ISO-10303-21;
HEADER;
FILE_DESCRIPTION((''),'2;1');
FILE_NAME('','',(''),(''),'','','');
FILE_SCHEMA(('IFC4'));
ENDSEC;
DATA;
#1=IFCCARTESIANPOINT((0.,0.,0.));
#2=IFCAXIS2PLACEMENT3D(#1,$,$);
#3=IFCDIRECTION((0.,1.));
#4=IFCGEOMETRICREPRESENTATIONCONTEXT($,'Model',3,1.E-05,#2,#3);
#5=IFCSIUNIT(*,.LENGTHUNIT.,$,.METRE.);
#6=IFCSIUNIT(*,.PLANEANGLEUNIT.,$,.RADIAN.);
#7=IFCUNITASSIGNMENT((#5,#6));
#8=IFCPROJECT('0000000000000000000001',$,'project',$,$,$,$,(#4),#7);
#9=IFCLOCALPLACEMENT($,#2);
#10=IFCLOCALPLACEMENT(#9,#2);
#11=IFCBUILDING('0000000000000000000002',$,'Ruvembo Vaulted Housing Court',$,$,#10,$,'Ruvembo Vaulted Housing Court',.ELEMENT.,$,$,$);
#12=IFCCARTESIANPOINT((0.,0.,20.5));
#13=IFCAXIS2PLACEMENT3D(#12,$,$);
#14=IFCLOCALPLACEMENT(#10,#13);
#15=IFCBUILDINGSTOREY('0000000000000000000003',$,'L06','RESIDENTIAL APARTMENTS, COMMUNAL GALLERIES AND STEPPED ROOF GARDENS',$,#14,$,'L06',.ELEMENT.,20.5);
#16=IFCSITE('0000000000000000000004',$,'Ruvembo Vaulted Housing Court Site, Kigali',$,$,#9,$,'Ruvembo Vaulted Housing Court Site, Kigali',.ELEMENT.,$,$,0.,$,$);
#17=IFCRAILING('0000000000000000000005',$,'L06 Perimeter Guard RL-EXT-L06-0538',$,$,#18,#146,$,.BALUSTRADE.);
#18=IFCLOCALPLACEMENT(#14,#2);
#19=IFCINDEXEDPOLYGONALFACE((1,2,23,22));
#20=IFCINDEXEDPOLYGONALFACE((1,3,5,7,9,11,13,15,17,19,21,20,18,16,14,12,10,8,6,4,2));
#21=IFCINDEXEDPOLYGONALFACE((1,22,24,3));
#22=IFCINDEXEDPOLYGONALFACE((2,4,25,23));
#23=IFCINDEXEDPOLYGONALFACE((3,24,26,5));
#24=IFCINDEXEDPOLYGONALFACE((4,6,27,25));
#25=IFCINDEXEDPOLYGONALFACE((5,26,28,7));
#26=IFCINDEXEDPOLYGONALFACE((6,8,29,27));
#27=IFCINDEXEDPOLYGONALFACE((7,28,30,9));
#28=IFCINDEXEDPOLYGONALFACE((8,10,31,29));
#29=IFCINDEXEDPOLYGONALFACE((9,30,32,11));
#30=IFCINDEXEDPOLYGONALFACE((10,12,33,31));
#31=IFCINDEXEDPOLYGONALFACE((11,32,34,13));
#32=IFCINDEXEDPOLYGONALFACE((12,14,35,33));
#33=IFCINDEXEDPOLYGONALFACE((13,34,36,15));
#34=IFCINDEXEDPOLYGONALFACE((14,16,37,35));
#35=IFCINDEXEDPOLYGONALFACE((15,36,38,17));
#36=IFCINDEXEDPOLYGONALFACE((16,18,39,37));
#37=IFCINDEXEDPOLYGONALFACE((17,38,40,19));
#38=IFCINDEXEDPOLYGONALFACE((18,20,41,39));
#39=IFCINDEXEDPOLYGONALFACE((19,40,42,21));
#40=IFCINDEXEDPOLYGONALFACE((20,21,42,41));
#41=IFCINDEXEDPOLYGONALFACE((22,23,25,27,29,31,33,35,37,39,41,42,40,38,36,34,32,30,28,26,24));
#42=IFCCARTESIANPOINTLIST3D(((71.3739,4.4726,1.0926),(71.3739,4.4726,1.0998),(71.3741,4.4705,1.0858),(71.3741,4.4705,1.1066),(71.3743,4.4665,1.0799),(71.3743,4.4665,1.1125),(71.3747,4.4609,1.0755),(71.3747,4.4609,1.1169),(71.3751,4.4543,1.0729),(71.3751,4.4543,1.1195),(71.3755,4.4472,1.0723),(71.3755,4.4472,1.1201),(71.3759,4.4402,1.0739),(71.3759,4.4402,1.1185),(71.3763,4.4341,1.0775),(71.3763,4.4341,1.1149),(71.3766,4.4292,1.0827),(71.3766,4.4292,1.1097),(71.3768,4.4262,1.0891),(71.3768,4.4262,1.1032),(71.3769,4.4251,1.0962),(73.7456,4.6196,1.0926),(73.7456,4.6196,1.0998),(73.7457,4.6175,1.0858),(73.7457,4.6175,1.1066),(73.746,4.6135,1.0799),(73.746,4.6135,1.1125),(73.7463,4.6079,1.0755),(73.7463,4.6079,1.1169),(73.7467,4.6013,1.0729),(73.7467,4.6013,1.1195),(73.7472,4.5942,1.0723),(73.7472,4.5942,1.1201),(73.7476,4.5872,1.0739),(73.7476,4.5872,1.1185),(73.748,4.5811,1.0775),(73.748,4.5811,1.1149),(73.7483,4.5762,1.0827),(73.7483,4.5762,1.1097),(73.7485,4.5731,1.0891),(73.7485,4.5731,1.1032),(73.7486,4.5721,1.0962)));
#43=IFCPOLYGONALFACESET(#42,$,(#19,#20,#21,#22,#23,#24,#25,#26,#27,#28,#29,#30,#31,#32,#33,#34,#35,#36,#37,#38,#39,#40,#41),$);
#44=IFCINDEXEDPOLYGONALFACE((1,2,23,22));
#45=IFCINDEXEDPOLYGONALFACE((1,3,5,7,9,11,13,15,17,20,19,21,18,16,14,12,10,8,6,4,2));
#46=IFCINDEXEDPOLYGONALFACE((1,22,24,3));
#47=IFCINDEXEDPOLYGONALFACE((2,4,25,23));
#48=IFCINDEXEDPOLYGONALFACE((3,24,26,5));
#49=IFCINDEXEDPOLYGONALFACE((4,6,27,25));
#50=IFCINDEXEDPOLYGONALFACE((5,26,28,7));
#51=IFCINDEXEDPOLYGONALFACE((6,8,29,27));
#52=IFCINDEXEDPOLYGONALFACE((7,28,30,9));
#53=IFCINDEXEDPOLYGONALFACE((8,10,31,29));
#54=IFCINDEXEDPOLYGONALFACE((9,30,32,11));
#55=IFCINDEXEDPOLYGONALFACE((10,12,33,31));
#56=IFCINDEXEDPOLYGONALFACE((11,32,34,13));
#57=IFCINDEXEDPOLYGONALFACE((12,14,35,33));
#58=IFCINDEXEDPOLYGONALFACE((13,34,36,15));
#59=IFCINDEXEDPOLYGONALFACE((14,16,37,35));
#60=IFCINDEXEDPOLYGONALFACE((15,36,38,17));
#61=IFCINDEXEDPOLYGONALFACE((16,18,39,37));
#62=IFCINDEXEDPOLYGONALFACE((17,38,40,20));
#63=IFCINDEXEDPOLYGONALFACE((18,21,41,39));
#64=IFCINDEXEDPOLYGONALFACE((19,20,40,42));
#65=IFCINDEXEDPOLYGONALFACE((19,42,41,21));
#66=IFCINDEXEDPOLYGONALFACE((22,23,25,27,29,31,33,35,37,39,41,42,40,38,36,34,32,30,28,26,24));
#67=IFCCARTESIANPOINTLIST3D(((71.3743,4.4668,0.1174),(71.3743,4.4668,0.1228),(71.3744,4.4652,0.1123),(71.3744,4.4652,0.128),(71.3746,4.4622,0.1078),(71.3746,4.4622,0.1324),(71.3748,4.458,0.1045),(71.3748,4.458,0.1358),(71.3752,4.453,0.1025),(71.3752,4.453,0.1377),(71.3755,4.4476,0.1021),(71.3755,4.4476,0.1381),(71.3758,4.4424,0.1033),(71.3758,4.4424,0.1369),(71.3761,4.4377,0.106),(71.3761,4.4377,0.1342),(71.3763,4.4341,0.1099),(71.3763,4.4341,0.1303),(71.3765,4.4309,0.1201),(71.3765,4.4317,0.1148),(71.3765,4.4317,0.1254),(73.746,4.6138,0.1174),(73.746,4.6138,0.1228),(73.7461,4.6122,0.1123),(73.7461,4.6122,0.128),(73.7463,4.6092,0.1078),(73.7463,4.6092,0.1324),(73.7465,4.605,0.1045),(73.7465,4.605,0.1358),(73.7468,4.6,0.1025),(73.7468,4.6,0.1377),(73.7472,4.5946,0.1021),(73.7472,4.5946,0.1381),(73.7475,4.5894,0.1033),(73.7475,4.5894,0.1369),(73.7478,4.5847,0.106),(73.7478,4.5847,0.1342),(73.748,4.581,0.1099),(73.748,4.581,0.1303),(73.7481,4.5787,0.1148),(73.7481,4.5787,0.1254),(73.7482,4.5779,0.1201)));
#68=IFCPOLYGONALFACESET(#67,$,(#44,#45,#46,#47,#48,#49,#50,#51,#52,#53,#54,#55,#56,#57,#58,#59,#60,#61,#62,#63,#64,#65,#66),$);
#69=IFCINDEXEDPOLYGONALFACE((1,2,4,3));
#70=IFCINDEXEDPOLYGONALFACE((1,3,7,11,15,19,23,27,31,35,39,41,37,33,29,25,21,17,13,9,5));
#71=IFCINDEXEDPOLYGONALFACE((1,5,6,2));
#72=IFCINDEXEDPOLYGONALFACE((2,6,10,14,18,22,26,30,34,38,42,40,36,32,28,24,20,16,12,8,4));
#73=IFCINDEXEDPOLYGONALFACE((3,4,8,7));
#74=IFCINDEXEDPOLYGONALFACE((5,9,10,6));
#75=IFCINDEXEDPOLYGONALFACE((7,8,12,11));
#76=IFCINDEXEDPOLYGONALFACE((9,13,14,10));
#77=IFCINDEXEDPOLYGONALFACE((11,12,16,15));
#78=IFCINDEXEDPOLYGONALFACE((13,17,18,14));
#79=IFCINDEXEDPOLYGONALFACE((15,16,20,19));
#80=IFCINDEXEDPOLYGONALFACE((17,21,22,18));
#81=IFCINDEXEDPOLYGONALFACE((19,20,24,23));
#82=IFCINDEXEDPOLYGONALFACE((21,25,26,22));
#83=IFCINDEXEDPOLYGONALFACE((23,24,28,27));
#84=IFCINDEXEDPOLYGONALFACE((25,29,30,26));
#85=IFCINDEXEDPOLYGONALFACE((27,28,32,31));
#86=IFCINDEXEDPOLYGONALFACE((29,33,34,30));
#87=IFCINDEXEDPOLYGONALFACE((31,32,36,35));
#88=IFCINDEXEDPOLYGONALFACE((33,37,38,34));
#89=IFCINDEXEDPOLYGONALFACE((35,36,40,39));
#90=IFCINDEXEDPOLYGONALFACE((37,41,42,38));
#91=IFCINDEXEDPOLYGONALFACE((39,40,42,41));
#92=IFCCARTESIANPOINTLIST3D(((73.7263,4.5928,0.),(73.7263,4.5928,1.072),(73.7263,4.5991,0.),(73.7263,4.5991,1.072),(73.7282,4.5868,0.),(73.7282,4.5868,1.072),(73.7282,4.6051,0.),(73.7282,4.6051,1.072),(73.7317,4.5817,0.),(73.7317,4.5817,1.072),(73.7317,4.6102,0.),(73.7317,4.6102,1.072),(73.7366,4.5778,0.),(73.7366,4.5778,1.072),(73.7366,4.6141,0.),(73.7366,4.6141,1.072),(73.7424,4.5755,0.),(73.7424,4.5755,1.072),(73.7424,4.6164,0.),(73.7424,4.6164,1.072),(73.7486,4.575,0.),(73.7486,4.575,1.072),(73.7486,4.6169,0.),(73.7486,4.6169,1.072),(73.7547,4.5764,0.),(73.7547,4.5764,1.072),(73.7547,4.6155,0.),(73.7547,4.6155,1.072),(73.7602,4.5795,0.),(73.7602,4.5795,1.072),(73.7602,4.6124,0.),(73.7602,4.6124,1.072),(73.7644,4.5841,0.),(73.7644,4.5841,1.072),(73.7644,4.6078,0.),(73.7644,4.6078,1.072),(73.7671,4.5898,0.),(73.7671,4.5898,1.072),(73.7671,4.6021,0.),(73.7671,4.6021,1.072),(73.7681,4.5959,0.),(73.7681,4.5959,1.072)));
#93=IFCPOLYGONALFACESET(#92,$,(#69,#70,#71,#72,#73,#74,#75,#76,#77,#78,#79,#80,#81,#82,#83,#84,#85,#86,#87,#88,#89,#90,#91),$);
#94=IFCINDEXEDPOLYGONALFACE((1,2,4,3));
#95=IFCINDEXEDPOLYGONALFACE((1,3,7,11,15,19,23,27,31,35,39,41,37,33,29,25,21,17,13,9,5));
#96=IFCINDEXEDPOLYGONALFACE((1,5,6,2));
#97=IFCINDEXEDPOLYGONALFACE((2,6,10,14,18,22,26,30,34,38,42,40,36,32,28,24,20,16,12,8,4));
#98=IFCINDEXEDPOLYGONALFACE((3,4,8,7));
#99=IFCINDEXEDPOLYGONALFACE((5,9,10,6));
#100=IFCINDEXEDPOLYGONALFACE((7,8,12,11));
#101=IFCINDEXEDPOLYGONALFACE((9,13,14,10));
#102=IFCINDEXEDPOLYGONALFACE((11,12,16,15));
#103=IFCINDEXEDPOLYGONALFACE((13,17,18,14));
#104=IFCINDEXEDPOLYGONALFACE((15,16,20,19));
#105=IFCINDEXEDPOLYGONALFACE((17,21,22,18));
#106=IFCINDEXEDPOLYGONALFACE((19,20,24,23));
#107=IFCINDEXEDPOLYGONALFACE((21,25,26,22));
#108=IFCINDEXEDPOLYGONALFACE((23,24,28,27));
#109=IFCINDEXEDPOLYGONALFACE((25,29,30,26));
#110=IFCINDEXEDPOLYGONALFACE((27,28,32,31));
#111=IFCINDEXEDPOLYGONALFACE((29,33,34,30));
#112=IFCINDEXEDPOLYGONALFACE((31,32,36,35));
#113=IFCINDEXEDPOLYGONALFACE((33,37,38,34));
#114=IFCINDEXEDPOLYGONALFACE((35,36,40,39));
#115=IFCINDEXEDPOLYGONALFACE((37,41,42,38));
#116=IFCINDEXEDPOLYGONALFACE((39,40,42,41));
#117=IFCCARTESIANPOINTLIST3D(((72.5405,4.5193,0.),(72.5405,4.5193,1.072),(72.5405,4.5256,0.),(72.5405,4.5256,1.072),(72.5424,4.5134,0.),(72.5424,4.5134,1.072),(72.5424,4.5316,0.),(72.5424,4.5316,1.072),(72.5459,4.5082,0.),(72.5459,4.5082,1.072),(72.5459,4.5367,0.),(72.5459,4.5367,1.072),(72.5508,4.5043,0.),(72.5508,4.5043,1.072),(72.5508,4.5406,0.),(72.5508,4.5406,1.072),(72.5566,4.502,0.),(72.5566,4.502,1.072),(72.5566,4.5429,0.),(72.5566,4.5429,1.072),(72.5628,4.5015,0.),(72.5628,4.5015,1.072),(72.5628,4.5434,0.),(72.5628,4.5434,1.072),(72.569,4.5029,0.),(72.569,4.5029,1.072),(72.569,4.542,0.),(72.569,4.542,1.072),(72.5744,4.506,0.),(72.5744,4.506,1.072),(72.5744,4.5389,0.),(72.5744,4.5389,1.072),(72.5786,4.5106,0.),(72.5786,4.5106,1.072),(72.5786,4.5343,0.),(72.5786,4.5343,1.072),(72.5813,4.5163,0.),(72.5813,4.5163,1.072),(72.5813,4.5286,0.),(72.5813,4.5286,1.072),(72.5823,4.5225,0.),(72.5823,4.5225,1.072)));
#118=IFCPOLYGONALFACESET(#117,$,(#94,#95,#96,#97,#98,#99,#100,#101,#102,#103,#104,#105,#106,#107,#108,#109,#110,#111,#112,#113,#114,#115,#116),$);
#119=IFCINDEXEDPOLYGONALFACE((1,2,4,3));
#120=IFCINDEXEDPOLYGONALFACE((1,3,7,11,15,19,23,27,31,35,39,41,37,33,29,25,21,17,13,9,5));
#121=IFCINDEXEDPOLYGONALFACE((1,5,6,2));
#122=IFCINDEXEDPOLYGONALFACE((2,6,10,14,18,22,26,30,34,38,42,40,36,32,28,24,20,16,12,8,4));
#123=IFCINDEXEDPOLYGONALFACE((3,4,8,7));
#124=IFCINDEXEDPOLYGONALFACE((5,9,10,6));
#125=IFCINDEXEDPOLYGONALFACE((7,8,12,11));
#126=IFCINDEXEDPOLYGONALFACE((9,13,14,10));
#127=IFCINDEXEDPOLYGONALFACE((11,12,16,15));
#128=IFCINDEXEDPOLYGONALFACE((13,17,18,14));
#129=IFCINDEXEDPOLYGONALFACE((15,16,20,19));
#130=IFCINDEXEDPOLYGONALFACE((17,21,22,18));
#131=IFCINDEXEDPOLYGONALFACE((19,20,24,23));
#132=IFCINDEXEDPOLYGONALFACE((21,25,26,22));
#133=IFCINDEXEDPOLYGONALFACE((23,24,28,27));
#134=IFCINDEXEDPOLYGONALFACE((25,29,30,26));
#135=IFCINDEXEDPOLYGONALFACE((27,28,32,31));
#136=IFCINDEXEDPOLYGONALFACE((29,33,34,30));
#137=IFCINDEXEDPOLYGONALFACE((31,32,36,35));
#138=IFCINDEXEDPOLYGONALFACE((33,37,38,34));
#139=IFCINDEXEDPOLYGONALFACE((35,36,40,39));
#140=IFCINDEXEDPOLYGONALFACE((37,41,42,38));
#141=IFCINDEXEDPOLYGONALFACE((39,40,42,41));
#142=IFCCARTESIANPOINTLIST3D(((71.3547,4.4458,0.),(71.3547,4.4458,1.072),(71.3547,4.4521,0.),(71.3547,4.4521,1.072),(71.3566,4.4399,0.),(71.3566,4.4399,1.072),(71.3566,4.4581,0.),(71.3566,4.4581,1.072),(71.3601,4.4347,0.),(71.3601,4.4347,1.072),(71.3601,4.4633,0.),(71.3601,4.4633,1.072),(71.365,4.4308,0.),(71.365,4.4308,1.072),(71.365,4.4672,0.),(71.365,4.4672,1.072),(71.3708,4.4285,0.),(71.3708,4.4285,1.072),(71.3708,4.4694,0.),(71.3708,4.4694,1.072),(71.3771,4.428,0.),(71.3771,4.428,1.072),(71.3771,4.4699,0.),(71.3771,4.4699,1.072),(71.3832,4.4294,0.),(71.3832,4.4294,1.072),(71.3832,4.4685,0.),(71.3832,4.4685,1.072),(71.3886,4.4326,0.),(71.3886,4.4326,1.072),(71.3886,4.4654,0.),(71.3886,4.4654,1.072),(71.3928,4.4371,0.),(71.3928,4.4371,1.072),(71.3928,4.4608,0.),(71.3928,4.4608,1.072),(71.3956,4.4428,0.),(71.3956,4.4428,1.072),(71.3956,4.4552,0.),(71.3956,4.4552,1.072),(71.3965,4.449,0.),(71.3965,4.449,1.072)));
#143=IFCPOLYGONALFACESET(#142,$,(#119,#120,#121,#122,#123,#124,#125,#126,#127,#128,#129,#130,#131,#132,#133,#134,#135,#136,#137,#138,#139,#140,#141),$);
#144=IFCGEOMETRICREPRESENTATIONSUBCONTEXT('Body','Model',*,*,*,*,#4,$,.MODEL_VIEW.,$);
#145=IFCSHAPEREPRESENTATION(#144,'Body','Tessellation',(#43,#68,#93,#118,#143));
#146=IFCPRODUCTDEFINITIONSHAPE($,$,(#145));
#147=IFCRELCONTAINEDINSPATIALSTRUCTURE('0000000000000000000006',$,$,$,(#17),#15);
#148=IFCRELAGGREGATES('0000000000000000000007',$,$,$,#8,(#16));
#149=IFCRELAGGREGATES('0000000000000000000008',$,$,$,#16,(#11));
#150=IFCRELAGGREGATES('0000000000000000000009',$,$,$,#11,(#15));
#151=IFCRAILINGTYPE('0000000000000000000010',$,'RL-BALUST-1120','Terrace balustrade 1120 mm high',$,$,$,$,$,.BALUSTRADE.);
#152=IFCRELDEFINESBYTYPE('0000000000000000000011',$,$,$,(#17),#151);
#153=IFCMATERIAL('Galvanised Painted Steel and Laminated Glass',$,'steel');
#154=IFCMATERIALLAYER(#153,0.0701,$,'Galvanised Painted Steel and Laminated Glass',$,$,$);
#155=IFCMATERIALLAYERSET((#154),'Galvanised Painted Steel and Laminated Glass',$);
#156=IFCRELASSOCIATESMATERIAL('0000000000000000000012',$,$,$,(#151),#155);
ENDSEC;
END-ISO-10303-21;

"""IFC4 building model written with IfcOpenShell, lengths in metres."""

from ifc_helpers import new_model, si_unit, direction, frame, origin, origin_2d, place, context, subcontext, project, spatial, circle, extrude, material, layer, layer_set, type_object, element, save


model = new_model("IFC4")

# Units and contexts
model_context = context("Model", 3, precision=1e-05, world=origin(), true_north=direction((0.0, 1.0)))
body_context = subcontext(model_context, "Body", "Model", "MODEL_VIEW")
ifc_project = project(units=[si_unit("LENGTHUNIT", "METRE"), si_unit("PLANEANGLEUNIT", "RADIAN")], contexts=[model_context])

# Site, building, storey
site_placement = place(None, origin())
site = spatial("IfcSite", under=ifc_project, at=site_placement, Name="Ruvembo Vaulted Housing Court Site, Kigali", LongName="Ruvembo Vaulted Housing Court Site, Kigali", CompositionType="ELEMENT", RefElevation=0.0)
building_placement = place(site_placement, origin())
building = spatial("IfcBuilding", under=site, at=building_placement, Name="Ruvembo Vaulted Housing Court", LongName="Ruvembo Vaulted Housing Court", CompositionType="ELEMENT")
storey_placement = place(building_placement, frame((0.0, 0.0, 20.5)))
storey = spatial("IfcBuildingStorey", under=building, at=storey_placement, Name="L06", Description="RESIDENTIAL APARTMENTS, COMMUNAL GALLERIES AND STEPPED ROOF GARDENS", LongName="L06", CompositionType="ELEMENT", Elevation=20.5)

# Railing
ifc_material_1 = material(Name="Galvanised Painted Steel and Laminated Glass", Category="steel")
ifc_layer_1 = layer(ifc_material_1, 0.0701, Name="Galvanised Painted Steel and Laminated Glass")
ifc_layer_set_1 = layer_set([ifc_layer_1], Name="Galvanised Painted Steel and Laminated Glass")
railing_type = type_object("IfcRailingType", Name="RL-BALUST-1120", Description="Terrace balustrade 1120 mm high", PredefinedType="BALUSTRADE", material=ifc_layer_set_1)
railing_1_placement = place(storey_placement, frame((73.7471, 4.5959, 0.0)))
element("IfcRailing", 1, at=railing_1_placement, inside=storey, type_object=railing_type, Name="L06 Perimeter Guard RL-EXT-L06-0538", PredefinedType="BALUSTRADE", context=body_context, shape_type="SweptSolid", body=[
    extrude(circle(Radius=0.0239, at=origin_2d()), frame((0.0, 0.0, 1.0962), z_axis=(-0.998085, -0.061854, 0.0), x_axis=(0.061854, -0.998085, 0.0)), (0.0, 0.0, 1.0), 2.3762),
    extrude(circle(Radius=0.0181, at=origin_2d()), frame((0.0, 0.0, 0.1201), z_axis=(-0.998085, -0.061854, 0.0), x_axis=(0.061854, -0.998085, 0.0)), (0.0, 0.0, 1.0), 2.3762),
    extrude(circle(Radius=0.021, at=origin_2d()), origin(), (0.0, 0.0, 1.0), 1.072),
    extrude(circle(Radius=0.021, at=origin_2d()), frame((-1.1858, -0.0735, 0.0)), (0.0, 0.0, 1.0), 1.072),
    extrude(circle(Radius=0.021, at=origin_2d()), frame((-2.3716, -0.147, 0.0)), (0.0, 0.0, 1.0), 1.072),
])

save(model, "model.ifc")
